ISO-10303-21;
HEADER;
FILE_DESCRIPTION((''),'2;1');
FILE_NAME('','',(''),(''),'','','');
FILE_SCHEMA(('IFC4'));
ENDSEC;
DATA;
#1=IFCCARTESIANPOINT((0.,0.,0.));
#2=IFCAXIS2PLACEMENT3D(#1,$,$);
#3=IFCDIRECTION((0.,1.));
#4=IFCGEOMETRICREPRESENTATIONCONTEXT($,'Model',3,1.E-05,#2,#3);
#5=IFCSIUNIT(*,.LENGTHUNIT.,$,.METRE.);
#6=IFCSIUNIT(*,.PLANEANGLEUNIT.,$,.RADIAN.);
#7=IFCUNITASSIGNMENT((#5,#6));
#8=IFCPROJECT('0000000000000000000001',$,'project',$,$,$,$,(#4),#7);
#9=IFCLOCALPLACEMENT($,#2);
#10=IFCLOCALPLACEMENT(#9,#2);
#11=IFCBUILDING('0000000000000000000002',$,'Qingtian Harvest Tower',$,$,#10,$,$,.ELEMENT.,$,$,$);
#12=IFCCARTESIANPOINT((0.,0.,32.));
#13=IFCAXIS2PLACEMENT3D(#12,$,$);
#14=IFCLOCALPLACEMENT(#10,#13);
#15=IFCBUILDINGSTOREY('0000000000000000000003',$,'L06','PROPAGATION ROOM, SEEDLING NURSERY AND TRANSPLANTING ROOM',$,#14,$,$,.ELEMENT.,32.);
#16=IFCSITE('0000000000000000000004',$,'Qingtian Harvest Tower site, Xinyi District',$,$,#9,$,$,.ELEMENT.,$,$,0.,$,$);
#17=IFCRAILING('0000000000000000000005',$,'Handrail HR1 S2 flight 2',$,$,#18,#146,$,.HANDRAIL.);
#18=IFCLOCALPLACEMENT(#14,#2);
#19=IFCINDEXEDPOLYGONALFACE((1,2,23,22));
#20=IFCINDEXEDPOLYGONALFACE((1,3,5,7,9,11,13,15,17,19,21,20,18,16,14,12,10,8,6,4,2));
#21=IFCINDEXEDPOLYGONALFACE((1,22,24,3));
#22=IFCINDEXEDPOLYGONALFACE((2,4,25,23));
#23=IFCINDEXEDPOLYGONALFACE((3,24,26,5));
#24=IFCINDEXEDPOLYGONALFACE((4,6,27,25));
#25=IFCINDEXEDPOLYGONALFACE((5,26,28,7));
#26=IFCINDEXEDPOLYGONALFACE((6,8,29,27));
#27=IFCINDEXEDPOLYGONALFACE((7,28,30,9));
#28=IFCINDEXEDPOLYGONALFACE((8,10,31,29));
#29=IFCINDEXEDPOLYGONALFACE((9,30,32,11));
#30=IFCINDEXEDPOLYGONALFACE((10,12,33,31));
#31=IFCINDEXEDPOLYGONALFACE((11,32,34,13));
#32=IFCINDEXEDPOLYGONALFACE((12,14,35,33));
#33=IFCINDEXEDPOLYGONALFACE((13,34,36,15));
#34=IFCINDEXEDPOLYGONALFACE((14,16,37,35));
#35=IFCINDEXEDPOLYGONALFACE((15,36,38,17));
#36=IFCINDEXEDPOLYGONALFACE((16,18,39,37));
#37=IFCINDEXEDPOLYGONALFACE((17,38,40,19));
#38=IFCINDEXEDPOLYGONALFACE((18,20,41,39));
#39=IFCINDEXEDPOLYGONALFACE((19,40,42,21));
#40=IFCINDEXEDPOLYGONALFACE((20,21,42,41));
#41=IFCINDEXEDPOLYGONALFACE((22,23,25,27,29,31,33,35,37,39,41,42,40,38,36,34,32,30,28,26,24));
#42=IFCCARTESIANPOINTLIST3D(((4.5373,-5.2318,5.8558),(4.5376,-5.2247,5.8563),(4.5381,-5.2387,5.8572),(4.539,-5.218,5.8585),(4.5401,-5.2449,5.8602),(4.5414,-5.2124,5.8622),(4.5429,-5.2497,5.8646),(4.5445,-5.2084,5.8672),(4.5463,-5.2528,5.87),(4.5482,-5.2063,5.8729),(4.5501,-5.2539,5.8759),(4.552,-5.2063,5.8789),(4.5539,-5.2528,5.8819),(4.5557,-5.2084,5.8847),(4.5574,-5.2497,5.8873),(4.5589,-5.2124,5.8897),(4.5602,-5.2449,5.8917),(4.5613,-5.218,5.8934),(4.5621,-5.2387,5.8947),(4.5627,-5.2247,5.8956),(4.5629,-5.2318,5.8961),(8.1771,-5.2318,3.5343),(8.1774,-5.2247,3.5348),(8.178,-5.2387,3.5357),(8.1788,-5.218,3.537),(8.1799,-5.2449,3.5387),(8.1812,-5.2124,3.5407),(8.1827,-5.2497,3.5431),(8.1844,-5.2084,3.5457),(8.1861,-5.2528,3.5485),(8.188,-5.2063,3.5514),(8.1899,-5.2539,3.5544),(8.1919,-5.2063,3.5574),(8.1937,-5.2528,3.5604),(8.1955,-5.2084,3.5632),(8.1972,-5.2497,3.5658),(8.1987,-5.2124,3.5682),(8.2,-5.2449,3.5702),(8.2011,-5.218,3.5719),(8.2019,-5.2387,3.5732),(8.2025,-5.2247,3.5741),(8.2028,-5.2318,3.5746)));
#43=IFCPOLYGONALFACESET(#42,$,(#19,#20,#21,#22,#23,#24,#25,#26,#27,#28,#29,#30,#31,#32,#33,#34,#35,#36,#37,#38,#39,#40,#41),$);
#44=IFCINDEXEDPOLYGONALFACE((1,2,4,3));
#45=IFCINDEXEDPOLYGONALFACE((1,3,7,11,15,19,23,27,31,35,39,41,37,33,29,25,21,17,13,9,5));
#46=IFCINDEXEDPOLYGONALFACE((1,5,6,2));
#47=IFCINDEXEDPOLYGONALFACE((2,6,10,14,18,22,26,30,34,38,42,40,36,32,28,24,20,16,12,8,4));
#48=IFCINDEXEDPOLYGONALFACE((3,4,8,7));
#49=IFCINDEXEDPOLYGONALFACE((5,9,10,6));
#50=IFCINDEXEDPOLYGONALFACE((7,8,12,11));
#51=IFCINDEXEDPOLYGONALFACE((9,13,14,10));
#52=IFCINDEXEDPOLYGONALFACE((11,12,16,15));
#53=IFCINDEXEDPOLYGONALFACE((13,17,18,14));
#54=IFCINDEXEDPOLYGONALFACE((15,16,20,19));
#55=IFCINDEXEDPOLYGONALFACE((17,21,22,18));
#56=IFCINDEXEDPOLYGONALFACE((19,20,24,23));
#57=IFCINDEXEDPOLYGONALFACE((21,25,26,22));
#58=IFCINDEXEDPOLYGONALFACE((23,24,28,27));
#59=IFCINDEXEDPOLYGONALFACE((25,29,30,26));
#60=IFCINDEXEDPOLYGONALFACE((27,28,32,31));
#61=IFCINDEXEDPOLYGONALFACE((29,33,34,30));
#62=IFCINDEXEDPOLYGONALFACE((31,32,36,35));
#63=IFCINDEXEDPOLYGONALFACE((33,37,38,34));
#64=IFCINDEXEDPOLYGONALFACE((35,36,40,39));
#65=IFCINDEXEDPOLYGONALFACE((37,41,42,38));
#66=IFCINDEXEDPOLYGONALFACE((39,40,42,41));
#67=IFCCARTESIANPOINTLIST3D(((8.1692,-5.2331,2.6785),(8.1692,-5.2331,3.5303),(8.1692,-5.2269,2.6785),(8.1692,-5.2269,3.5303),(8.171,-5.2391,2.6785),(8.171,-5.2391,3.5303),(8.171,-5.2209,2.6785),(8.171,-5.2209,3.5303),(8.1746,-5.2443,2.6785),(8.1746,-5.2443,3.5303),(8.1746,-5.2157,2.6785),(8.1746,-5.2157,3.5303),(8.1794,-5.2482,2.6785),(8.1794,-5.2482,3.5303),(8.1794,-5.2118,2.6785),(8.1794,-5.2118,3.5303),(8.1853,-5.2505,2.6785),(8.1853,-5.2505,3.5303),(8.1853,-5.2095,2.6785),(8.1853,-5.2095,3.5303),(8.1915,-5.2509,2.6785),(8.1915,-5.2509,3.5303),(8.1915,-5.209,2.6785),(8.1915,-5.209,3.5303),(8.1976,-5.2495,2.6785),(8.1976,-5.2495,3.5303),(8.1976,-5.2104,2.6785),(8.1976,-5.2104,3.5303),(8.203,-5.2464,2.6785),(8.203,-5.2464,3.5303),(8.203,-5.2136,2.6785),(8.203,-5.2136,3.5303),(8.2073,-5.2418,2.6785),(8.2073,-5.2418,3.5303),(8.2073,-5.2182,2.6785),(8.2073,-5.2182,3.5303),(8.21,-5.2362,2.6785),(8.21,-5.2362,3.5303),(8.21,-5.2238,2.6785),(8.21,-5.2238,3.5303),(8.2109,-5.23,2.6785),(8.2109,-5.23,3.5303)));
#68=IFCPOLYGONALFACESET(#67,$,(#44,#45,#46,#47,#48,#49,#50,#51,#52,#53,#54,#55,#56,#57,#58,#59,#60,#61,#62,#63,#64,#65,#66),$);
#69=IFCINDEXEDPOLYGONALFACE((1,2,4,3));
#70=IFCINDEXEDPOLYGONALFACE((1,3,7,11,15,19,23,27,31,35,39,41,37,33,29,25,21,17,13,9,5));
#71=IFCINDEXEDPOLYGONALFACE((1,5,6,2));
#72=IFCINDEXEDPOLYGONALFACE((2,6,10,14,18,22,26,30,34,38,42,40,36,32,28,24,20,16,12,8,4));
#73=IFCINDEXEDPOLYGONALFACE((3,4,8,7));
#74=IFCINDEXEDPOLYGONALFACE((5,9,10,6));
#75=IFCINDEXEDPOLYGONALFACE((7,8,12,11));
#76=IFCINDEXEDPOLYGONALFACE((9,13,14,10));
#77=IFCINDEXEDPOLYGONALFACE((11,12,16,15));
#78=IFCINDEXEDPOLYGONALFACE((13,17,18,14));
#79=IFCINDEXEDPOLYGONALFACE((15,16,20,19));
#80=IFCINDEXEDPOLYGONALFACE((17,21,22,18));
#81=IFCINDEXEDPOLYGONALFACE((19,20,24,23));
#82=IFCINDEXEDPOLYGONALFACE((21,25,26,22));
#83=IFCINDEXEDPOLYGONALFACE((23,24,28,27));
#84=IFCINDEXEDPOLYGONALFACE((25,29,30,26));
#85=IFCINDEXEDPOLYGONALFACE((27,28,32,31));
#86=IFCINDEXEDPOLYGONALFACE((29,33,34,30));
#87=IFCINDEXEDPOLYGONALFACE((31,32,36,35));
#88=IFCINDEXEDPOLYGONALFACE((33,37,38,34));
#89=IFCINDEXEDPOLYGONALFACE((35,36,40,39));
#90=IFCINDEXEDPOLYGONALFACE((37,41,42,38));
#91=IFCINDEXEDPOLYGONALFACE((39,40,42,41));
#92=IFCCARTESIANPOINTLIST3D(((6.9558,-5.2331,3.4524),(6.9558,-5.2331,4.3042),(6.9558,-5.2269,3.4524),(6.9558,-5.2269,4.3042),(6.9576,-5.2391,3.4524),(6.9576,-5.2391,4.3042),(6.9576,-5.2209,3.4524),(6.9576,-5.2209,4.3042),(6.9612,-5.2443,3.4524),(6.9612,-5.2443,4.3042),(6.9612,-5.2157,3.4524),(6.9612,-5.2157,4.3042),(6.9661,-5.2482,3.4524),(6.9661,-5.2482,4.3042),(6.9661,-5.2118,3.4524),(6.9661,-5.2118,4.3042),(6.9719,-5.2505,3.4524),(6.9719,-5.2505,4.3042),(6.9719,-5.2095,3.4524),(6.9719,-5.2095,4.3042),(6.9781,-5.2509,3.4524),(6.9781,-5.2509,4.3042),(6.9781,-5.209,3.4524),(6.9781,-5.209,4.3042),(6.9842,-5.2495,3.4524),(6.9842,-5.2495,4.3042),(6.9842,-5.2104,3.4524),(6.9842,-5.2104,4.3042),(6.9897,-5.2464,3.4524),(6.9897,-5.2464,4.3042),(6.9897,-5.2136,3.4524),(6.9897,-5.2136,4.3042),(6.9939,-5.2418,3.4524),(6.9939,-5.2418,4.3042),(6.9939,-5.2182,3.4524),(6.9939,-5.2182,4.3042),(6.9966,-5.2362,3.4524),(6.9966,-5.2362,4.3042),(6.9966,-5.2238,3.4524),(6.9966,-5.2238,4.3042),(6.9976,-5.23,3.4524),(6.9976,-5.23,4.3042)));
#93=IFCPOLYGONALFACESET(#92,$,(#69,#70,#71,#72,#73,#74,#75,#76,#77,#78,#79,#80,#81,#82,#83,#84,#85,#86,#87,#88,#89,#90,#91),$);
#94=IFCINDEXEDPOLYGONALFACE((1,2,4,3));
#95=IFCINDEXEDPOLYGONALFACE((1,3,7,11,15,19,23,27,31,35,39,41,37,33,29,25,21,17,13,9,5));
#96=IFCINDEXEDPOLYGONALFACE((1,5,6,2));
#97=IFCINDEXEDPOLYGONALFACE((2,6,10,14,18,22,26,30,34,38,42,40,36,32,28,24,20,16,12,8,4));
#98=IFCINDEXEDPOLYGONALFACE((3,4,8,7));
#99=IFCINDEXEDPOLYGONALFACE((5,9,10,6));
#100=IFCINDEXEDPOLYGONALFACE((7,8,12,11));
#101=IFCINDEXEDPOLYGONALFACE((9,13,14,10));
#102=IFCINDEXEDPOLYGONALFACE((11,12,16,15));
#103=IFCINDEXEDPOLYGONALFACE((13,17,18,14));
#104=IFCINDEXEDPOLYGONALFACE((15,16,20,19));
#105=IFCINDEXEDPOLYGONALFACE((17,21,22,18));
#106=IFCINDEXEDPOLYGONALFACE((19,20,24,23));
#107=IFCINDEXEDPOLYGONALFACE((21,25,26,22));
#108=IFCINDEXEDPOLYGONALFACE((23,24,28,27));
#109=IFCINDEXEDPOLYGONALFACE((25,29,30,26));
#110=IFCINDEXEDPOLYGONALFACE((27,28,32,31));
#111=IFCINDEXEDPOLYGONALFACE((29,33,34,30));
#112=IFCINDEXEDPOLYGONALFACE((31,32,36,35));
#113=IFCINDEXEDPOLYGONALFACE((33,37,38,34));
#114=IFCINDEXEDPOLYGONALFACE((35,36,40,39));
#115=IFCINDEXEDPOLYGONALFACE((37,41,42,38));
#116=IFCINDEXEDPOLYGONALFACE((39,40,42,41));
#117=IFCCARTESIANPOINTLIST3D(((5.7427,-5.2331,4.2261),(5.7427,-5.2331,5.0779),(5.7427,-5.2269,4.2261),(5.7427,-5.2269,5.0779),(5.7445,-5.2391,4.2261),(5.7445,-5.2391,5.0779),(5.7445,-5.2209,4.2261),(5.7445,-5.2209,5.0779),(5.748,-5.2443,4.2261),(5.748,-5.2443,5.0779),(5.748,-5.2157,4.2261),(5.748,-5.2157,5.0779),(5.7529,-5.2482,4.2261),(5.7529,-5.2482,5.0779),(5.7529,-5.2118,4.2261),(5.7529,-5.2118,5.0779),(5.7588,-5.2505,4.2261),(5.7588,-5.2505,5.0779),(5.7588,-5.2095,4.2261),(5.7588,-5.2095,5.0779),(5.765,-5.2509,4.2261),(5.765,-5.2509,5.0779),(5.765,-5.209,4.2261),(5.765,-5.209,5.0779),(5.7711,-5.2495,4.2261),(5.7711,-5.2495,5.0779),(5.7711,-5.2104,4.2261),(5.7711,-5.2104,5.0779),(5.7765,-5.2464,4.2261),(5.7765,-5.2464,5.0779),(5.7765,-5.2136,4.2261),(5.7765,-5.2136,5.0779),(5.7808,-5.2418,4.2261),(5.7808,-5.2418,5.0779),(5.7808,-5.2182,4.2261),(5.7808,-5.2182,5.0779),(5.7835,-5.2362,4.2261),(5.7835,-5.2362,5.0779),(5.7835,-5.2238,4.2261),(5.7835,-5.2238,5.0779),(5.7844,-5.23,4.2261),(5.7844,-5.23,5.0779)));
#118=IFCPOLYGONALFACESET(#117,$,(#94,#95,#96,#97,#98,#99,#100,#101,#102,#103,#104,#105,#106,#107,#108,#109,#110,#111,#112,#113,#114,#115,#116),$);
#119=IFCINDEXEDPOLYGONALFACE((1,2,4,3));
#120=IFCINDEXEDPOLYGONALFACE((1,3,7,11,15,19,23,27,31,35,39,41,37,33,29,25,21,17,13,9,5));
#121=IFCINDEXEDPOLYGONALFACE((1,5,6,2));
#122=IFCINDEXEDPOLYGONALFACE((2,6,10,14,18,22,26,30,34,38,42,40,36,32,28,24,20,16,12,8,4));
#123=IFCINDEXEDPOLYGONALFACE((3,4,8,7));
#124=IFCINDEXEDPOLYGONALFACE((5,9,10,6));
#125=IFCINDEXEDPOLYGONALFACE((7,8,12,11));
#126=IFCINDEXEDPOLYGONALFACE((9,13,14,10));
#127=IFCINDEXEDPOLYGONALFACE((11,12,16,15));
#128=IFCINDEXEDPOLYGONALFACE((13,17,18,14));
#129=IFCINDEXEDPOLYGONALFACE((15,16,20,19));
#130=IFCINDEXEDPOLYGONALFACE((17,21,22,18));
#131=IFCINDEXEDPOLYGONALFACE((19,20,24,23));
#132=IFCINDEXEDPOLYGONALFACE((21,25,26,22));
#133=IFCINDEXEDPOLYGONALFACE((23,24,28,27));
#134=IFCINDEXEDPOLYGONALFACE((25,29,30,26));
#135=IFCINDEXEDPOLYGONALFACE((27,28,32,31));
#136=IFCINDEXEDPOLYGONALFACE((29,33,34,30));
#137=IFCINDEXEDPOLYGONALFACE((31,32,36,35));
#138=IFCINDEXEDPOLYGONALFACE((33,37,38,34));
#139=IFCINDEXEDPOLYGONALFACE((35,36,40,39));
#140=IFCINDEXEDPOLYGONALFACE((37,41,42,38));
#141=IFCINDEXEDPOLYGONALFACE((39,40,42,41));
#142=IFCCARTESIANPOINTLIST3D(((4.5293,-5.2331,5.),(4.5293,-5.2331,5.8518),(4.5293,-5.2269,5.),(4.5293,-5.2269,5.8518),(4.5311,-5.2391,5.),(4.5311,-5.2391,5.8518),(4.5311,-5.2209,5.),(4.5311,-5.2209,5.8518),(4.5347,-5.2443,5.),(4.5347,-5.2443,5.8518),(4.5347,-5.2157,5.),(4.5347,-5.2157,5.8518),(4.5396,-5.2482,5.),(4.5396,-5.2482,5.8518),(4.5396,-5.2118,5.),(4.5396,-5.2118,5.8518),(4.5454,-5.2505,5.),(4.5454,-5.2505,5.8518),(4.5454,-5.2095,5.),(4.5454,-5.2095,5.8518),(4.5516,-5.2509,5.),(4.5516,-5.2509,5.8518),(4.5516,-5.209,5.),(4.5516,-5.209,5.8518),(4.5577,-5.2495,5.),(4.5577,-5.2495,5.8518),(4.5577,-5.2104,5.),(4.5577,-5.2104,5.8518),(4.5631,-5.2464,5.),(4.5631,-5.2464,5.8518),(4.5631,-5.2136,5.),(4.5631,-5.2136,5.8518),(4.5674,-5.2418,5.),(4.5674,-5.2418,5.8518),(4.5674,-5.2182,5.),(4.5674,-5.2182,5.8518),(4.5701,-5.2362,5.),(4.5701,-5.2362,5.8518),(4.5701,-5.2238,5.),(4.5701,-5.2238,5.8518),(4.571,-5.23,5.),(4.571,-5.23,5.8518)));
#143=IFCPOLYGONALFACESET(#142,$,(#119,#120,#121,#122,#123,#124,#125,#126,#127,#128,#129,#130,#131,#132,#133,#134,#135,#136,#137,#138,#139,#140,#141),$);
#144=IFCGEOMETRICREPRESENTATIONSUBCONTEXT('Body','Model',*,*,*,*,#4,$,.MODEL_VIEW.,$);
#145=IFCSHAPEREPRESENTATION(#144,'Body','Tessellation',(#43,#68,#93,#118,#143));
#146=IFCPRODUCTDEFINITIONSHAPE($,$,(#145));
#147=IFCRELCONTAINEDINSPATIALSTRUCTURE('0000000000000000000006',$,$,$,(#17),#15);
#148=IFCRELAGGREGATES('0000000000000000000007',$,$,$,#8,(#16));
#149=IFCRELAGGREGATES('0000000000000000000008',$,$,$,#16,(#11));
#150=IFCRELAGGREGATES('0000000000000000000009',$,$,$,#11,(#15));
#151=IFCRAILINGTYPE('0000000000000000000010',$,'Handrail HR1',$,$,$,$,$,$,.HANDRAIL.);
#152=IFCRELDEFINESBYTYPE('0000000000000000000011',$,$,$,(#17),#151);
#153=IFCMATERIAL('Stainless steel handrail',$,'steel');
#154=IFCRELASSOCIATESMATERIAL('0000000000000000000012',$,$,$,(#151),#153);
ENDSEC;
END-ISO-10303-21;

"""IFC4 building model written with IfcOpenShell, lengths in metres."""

from ifc_helpers import new_model, si_unit, direction, frame, origin, origin_2d, place, context, subcontext, project, spatial, circle, extrude, material, type_object, element, save


model = new_model("IFC4")

# Units and contexts
model_context = context("Model", 3, precision=1e-05, world=origin(), true_north=direction((0.0, 1.0)))
body_context = subcontext(model_context, "Body", "Model", "MODEL_VIEW")
ifc_project = project(units=[si_unit("LENGTHUNIT", "METRE"), si_unit("PLANEANGLEUNIT", "RADIAN")], contexts=[model_context])

# Site, building, storey
site_placement = place(None, origin())
site = spatial("IfcSite", under=ifc_project, at=site_placement, Name="Qingtian Harvest Tower site, Xinyi District", CompositionType="ELEMENT", RefElevation=0.0)
building_placement = place(site_placement, origin())
building = spatial("IfcBuilding", under=site, at=building_placement, Name="Qingtian Harvest Tower", CompositionType="ELEMENT")
storey_placement = place(building_placement, frame((0.0, 0.0, 32.0)))
storey = spatial("IfcBuildingStorey", under=building, at=storey_placement, Name="L06", Description="PROPAGATION ROOM, SEEDLING NURSERY AND TRANSPLANTING ROOM", CompositionType="ELEMENT", Elevation=32.0)

# Railing
ifc_material_1 = material(Name="Stainless steel handrail", Category="steel")
railing_type = type_object("IfcRailingType", Name="Handrail HR1", PredefinedType="HANDRAIL", material=ifc_material_1)
railing_1_placement = place(storey_placement, frame((8.1899, -5.23, 2.6785)))
element("IfcRailing", 1, at=railing_1_placement, inside=storey, type_object=railing_type, Name="Handrail HR1 S2 flight 2", PredefinedType="HANDRAIL", context=body_context, shape_type="SweptSolid", body=[
    extrude(circle(Radius=0.0239, at=origin_2d()), frame((0.0, 0.0, 0.876), z_axis=(-0.843112, 0.0, 0.537739), x_axis=(0.0, -1.0, 0.0)), (0.0, 0.0, 1.0), 4.3171),
    extrude(circle(Radius=0.021, at=origin_2d()), origin(), (0.0, 0.0, 1.0), 0.8518),
    extrude(circle(Radius=0.021, at=origin_2d()), frame((-1.2134, 0.0, 0.7739)), (0.0, 0.0, 1.0), 0.8518),
    extrude(circle(Radius=0.021, at=origin_2d()), frame((-2.4265, 0.0, 1.5476)), (0.0, 0.0, 1.0), 0.8518),
    extrude(circle(Radius=0.021, at=origin_2d()), frame((-3.6399, 0.0, 2.3215)), (0.0, 0.0, 1.0), 0.8518),
])

save(model, "model.ifc")
